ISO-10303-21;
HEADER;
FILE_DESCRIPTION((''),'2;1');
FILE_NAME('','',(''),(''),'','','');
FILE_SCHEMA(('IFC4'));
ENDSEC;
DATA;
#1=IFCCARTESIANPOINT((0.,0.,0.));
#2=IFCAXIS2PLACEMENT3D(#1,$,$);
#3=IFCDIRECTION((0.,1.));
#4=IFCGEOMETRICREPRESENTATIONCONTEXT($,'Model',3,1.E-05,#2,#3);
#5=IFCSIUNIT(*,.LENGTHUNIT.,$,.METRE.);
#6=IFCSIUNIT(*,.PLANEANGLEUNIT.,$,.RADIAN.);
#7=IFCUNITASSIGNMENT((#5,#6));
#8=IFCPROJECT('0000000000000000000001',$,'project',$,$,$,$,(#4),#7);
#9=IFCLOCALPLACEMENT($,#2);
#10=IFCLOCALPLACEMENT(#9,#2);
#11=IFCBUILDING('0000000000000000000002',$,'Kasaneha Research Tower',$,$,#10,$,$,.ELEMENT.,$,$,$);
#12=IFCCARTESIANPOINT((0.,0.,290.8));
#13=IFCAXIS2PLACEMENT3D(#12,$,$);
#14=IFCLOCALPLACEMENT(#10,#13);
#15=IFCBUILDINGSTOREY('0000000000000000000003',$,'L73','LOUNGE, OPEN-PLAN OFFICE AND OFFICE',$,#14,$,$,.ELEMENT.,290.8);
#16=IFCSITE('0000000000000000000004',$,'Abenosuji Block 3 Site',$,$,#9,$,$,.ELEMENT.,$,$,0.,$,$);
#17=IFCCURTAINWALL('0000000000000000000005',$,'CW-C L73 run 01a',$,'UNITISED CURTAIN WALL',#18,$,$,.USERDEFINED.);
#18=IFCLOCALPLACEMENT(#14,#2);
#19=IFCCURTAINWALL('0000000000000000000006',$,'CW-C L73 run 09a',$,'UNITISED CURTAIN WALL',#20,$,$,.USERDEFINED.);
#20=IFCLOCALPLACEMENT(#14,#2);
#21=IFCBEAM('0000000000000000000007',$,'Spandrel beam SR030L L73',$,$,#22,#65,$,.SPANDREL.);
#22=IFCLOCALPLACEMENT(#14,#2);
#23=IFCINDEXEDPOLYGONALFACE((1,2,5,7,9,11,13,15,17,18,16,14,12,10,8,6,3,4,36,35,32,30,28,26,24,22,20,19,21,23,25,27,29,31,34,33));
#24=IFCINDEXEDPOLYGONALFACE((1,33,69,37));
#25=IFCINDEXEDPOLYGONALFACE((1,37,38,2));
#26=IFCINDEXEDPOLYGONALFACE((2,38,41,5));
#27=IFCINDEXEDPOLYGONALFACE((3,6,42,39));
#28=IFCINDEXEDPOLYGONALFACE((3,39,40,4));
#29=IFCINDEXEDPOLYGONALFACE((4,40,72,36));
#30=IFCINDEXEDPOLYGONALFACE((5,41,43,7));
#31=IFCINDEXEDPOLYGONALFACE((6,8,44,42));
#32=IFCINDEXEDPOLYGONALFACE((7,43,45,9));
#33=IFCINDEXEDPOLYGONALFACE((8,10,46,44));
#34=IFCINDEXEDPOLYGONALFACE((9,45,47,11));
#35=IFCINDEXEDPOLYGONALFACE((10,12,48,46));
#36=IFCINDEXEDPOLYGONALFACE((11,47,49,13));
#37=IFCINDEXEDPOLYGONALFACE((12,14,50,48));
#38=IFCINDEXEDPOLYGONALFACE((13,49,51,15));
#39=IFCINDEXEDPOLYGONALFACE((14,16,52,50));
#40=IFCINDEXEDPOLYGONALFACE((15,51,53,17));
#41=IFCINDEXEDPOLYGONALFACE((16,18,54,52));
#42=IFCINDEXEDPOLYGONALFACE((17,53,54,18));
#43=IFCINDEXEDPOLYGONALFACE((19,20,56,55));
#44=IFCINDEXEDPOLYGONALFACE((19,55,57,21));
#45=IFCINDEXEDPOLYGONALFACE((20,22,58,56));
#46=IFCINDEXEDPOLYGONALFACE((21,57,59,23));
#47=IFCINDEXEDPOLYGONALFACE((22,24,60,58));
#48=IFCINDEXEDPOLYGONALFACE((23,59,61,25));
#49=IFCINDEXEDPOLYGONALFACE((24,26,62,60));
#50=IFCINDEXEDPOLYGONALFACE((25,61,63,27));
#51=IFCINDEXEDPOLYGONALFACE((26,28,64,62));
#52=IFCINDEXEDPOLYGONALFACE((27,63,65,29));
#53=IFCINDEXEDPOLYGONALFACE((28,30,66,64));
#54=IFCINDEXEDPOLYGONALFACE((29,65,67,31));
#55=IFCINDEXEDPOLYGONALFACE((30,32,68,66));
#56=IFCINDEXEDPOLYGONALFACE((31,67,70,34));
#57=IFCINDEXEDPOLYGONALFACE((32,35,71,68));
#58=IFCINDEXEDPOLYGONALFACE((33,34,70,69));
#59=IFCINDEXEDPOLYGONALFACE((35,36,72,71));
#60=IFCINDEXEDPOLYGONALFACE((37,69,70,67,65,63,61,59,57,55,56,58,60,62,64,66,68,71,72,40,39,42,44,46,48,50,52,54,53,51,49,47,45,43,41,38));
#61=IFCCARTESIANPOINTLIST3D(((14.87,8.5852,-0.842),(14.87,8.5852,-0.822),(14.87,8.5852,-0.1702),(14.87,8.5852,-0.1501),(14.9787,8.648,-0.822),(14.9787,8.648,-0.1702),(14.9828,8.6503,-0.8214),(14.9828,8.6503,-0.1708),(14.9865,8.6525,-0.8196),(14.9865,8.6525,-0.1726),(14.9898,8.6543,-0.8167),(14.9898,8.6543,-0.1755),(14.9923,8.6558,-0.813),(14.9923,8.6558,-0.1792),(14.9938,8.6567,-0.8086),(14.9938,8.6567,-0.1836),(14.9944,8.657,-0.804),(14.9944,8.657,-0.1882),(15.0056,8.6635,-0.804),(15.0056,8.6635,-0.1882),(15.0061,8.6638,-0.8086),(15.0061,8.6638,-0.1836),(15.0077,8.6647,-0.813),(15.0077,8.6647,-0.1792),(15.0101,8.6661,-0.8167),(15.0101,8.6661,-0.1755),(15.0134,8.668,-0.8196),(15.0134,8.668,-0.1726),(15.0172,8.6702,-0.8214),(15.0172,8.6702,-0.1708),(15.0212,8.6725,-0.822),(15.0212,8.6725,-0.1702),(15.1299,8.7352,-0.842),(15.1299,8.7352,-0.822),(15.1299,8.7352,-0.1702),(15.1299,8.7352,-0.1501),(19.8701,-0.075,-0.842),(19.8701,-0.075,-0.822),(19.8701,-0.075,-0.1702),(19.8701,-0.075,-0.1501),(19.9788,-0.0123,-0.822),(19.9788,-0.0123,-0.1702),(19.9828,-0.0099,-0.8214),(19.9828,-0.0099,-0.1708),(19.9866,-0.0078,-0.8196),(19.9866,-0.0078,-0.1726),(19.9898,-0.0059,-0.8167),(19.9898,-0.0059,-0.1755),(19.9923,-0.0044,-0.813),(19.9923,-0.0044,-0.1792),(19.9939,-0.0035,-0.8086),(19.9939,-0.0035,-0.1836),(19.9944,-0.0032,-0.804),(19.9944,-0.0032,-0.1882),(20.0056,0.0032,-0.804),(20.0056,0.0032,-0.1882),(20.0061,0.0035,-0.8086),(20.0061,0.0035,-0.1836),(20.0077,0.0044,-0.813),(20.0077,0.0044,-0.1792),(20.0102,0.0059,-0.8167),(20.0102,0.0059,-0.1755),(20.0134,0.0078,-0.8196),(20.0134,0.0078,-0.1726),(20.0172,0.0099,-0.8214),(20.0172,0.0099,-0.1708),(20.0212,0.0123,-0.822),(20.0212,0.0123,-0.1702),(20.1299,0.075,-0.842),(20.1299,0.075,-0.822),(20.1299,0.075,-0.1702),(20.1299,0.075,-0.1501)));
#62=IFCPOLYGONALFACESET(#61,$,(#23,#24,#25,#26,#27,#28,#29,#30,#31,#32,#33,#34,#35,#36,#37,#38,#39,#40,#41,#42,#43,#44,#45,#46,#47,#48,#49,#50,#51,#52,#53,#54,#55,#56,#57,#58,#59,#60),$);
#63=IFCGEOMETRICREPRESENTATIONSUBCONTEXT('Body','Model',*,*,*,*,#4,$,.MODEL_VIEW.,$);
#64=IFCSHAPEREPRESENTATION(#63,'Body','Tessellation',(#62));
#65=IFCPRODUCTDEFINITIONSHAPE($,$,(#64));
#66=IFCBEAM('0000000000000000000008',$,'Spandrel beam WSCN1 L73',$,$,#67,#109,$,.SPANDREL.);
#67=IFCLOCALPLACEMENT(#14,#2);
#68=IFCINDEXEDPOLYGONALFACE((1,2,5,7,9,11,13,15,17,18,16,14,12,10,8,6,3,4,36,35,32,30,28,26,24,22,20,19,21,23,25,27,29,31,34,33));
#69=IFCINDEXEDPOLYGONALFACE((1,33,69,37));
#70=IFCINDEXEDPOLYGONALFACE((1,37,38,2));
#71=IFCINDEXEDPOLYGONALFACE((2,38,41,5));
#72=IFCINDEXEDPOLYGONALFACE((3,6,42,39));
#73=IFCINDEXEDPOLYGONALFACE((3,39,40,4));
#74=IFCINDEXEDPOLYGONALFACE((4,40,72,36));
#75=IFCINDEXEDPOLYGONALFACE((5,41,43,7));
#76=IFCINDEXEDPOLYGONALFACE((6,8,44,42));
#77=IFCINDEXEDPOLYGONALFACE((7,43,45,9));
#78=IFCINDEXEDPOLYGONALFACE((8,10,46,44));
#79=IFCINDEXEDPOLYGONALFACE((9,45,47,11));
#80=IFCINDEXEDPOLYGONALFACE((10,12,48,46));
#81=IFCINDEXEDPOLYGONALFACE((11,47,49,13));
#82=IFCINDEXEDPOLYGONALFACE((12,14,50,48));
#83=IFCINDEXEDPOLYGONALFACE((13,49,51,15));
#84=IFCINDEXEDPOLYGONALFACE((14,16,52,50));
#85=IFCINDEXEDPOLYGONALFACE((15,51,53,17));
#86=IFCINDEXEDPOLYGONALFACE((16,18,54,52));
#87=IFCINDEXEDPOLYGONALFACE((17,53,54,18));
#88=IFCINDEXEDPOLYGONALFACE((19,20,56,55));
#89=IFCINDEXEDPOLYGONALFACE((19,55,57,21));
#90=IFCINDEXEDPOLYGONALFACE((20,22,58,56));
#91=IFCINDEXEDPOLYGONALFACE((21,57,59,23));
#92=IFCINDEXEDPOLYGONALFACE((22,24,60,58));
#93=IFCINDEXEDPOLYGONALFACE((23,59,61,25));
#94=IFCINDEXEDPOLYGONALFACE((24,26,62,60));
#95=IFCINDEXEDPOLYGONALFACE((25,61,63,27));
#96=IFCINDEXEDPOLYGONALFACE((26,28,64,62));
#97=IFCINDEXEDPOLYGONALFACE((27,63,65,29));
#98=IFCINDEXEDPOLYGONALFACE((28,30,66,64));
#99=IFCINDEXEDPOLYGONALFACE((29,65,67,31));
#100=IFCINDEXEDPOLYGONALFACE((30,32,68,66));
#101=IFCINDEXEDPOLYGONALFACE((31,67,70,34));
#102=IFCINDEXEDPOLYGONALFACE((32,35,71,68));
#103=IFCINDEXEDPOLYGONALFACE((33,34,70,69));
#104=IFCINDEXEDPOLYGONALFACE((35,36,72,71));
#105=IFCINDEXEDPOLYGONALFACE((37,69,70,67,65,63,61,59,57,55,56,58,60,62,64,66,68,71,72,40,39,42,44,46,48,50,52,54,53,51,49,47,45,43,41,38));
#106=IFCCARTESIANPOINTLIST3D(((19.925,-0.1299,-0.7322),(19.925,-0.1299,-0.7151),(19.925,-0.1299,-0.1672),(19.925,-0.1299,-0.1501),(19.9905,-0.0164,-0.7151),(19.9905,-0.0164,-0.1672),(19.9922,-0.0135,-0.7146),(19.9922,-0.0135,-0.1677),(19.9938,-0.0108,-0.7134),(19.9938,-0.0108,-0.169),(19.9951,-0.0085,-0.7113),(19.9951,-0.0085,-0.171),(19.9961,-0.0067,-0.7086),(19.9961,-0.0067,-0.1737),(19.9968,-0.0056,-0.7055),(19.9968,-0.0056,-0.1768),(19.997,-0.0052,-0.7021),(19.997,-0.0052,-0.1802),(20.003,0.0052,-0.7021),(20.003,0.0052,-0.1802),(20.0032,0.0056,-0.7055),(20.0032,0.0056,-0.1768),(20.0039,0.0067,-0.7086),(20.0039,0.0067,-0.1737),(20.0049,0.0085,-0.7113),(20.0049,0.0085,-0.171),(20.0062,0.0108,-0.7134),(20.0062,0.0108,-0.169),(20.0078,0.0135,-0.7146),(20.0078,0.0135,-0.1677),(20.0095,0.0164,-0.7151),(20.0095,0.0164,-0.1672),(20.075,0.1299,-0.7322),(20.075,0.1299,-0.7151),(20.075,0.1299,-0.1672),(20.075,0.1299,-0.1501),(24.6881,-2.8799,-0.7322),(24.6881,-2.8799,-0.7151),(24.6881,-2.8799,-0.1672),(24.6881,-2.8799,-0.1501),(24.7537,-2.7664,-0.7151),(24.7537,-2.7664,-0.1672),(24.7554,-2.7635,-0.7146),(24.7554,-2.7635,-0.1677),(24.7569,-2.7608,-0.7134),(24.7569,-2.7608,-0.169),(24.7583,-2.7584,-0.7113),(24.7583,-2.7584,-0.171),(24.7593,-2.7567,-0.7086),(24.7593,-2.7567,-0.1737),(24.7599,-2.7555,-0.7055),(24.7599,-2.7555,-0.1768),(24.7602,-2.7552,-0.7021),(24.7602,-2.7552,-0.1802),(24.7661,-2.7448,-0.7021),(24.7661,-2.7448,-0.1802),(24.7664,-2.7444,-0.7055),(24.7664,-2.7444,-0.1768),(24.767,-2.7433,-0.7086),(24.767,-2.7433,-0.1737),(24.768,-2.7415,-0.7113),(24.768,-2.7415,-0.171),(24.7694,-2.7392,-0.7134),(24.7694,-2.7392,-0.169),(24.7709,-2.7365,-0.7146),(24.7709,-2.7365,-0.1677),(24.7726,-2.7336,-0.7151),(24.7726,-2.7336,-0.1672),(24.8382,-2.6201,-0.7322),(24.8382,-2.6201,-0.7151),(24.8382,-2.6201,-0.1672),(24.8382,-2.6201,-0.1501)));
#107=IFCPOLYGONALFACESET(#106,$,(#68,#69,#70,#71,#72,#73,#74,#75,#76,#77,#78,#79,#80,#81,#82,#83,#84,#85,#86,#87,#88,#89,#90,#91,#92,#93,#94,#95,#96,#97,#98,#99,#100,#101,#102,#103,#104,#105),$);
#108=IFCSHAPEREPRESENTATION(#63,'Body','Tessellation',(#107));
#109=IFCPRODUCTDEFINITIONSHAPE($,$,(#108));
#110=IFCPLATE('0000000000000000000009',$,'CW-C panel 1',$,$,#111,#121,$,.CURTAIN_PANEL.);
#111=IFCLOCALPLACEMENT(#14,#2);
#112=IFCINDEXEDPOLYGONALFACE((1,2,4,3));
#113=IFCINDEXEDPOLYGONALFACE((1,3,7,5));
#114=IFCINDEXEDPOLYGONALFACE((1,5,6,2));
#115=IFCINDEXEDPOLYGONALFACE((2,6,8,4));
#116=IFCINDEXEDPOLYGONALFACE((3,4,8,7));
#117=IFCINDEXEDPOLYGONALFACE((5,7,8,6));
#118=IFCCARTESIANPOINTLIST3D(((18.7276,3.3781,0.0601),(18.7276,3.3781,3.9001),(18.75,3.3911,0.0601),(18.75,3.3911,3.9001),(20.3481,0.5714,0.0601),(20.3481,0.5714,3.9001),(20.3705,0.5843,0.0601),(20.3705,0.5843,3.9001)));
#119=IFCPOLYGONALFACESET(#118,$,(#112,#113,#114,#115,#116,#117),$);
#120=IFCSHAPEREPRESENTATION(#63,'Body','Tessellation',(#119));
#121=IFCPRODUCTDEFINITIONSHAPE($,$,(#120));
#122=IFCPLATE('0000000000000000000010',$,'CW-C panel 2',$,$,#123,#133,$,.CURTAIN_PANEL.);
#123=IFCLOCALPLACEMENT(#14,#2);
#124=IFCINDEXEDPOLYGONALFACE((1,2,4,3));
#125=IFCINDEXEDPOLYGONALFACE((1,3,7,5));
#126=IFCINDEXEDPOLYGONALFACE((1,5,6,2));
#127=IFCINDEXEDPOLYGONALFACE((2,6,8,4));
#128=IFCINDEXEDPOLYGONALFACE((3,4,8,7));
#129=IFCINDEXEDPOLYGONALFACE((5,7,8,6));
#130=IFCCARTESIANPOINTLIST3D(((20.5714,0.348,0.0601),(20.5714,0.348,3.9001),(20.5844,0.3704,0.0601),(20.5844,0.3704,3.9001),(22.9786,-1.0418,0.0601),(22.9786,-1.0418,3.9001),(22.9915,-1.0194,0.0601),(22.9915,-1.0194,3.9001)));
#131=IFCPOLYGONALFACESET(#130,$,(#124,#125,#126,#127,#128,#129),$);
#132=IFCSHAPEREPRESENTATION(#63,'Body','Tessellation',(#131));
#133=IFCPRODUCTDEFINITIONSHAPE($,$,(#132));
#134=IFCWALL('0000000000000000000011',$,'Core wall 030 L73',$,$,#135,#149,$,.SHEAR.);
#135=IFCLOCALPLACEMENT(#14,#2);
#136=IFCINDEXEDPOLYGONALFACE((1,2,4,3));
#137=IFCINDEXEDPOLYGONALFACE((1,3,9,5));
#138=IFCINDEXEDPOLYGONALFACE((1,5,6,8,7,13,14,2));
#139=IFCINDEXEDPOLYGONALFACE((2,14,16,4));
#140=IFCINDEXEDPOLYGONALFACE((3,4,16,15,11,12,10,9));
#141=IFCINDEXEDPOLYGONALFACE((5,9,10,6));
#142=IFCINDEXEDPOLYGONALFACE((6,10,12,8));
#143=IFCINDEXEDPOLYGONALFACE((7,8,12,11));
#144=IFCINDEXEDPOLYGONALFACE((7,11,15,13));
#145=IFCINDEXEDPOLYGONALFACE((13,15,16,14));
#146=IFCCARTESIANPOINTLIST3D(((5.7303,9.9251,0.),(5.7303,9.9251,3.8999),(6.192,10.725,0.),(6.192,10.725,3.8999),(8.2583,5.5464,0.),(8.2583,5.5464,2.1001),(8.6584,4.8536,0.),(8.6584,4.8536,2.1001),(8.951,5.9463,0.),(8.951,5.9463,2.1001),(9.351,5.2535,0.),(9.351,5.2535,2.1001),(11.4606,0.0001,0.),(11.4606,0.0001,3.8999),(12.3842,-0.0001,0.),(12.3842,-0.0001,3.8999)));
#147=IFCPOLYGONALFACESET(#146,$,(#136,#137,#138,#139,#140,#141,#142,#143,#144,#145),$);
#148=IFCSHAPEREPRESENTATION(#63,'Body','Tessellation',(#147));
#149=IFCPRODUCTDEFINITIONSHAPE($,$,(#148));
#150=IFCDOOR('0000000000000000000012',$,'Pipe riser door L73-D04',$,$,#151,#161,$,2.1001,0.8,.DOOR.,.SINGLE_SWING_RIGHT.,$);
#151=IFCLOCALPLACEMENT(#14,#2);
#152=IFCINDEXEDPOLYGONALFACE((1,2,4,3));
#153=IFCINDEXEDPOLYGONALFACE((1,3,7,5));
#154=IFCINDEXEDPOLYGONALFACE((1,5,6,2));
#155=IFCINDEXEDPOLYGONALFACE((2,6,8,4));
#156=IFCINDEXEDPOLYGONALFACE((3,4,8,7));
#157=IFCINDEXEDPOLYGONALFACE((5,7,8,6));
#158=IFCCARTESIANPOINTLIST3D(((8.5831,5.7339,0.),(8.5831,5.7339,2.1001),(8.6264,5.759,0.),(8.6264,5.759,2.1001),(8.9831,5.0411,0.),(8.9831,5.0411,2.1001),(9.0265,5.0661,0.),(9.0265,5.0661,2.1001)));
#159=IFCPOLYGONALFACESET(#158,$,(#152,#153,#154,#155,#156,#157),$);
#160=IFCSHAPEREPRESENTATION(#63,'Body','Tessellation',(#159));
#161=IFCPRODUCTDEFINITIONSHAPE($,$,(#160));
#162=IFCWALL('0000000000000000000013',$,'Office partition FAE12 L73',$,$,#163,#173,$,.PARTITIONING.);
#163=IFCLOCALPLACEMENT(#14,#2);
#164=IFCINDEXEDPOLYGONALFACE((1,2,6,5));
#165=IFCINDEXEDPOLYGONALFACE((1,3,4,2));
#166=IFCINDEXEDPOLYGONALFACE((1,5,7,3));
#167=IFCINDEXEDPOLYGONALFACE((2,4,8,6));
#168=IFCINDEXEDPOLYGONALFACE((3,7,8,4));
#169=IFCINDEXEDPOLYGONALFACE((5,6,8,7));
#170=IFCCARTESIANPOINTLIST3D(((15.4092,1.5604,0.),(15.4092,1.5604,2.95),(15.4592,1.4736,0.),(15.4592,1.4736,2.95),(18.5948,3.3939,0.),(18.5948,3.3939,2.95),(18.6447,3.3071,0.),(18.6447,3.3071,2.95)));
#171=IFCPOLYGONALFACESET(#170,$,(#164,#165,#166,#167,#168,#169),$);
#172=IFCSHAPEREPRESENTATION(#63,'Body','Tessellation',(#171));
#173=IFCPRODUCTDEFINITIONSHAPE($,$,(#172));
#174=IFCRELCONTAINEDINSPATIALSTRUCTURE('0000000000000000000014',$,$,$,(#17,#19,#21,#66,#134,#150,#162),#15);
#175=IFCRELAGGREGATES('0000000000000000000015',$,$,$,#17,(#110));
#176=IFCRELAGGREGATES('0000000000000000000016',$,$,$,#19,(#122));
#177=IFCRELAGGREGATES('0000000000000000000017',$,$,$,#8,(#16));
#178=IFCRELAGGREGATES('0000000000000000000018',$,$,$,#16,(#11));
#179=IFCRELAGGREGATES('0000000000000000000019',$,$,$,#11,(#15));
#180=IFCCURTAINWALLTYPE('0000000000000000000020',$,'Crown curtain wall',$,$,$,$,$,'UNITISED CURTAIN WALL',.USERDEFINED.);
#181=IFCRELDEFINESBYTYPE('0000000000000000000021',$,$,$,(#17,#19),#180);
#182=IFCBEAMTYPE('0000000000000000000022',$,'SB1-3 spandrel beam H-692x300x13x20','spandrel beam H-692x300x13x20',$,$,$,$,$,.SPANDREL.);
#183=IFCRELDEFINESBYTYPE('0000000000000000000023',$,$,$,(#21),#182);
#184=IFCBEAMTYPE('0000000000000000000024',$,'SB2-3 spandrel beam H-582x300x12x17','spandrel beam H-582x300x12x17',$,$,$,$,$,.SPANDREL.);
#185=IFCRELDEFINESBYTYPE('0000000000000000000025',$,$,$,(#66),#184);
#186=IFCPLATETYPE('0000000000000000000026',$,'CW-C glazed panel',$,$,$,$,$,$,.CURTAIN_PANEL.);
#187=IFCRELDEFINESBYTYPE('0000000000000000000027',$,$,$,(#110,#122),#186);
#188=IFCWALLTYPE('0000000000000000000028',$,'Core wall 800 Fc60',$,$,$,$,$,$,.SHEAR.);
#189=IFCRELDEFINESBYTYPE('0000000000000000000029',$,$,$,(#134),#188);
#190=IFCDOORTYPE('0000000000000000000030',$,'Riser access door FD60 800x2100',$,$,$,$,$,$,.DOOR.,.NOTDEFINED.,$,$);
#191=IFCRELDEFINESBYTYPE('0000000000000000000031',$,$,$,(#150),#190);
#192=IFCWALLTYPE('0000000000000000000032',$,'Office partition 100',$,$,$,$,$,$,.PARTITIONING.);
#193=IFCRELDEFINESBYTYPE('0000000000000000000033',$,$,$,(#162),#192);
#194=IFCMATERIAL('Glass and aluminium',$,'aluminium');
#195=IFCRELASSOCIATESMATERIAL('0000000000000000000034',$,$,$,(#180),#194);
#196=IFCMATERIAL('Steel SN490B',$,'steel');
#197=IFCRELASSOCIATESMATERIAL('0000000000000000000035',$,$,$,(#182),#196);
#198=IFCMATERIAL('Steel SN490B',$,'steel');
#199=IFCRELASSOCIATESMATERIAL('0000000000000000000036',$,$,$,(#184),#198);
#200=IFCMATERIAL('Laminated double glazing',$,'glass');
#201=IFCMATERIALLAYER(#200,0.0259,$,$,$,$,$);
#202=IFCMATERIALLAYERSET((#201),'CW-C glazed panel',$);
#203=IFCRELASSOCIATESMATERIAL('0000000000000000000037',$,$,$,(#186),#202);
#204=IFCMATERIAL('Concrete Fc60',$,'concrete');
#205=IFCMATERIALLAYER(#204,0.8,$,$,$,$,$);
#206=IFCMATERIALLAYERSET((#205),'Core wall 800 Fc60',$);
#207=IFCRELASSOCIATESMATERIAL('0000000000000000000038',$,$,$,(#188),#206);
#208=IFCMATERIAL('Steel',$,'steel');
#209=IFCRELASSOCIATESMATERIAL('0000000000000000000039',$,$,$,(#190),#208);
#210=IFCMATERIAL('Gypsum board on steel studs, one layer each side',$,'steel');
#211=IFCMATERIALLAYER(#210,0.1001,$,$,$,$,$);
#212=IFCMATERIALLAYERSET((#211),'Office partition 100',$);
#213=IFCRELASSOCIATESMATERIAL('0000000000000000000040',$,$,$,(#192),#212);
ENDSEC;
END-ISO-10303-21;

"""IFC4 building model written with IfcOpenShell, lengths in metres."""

from ifc_helpers import new_model, si_unit, direction, frame, frame_2d, origin, origin_2d, place, context, subcontext, project, spatial, polyline, rectangle, i_section, outline, extrude, material, layer, layer_set, material_profile, profile_set, type_object, element, fill, aggregate, save


model = new_model("IFC4")

# Units and contexts
model_context = context("Model", 3, precision=1e-05, world=origin(), true_north=direction((0.0, 1.0)))
body_context = subcontext(model_context, "Body", "Model", "MODEL_VIEW")
ifc_project = project(units=[si_unit("LENGTHUNIT", "METRE"), si_unit("PLANEANGLEUNIT", "RADIAN")], contexts=[model_context])

# Site, building, storey
site_placement = place(None, origin())
site = spatial("IfcSite", under=ifc_project, at=site_placement, Name="Abenosuji Block 3 Site", CompositionType="ELEMENT", RefElevation=0.0)
building_placement = place(site_placement, origin())
building = spatial("IfcBuilding", under=site, at=building_placement, Name="Kasaneha Research Tower", CompositionType="ELEMENT")
storey_placement = place(building_placement, frame((0.0, 0.0, 290.8)))
storey = spatial("IfcBuildingStorey", under=building, at=storey_placement, Name="L73", Description="LOUNGE, OPEN-PLAN OFFICE AND OFFICE", CompositionType="ELEMENT", Elevation=290.8)

# Curtain walls
ifc_material_1 = material(Name="Glass and aluminium", Category="aluminium")
curtain_wall_type = type_object("IfcCurtainWallType", Name="Crown curtain wall", ElementType="UNITISED CURTAIN WALL", PredefinedType="USERDEFINED", material=ifc_material_1)
curtain_wall_1_placement = place(storey_placement, origin())
curtain_wall_1 = element("IfcCurtainWall", 1, at=curtain_wall_1_placement, inside=storey, type_object=curtain_wall_type, Name="CW-C L73 run 01a", ObjectType="UNITISED CURTAIN WALL", PredefinedType="USERDEFINED")
curtain_wall_2_placement = place(storey_placement, origin())
curtain_wall_2 = element("IfcCurtainWall", 2, at=curtain_wall_2_placement, inside=storey, type_object=curtain_wall_type, Name="CW-C L73 run 09a", ObjectType="UNITISED CURTAIN WALL", PredefinedType="USERDEFINED")

# Beams
ifc_material_2 = material(Name="Steel SN490B", Category="steel")
ifc_material_profile_1 = material_profile(ifc_material_2, i_section(OverallWidth=0.3, OverallDepth=0.6919, WebThickness=0.0129, FlangeThickness=0.02, FilletRadius=0.0181, at=origin_2d()), Name="H-692x300x13x20")
ifc_profile_set_1 = profile_set([ifc_material_profile_1], Name="Steel SN490B")
beam_type_1 = type_object("IfcBeamType", Name="SB1-3 spandrel beam H-692x300x13x20", Description="spandrel beam H-692x300x13x20", PredefinedType="SPANDREL", material=ifc_profile_set_1)
beam_1_placement = place(storey_placement, frame((20.0, 0.0, -0.4961), z_axis=(-0.500004, 0.866023, 0.0), x_axis=(-0.866023, -0.500004, 0.0)))
element("IfcBeam", 3, at=beam_1_placement, inside=storey, type_object=beam_type_1, Name="Spandrel beam SR030L L73", PredefinedType="SPANDREL", context=body_context, shape_type="SweptSolid", body=[
    extrude(i_section(OverallWidth=0.3, OverallDepth=0.6919, WebThickness=0.0129, FlangeThickness=0.02, FilletRadius=0.0181, at=origin_2d()), origin(), (0.0, 0.0, 1.0), 10.0),
])
ifc_material_3 = material(Name="Steel SN490B", Category="steel")
ifc_material_profile_2 = material_profile(ifc_material_3, i_section(OverallWidth=0.3, OverallDepth=0.582, WebThickness=0.012, FlangeThickness=0.0171, FilletRadius=0.0129, at=origin_2d()), Name="H-582x300x12x17")
ifc_profile_set_2 = profile_set([ifc_material_profile_2], Name="Steel SN490B")
beam_type_2 = type_object("IfcBeamType", Name="SB2-3 spandrel beam H-582x300x12x17", Description="spandrel beam H-582x300x12x17", PredefinedType="SPANDREL", material=ifc_profile_set_2)
beam_2_placement = place(storey_placement, frame((20.0, 0.0, -0.4412), z_axis=(0.866027, -0.499997, 0.0), x_axis=(0.499997, 0.866027, 0.0)))
element("IfcBeam", 4, at=beam_2_placement, inside=storey, type_object=beam_type_2, Name="Spandrel beam WSCN1 L73", PredefinedType="SPANDREL", context=body_context, shape_type="SweptSolid", body=[
    extrude(i_section(OverallWidth=0.3, OverallDepth=0.582, WebThickness=0.012, FlangeThickness=0.0171, FilletRadius=0.0129, at=origin_2d()), origin(), (0.0, 0.0, 1.0), 5.5),
])

# Plates
ifc_material_4 = material(Name="Laminated double glazing", Category="glass")
ifc_layer_1 = layer(ifc_material_4, 0.0259)
ifc_layer_set_1 = layer_set([ifc_layer_1], Name="CW-C glazed panel")
plate_type = type_object("IfcPlateType", Name="CW-C glazed panel", PredefinedType="CURTAIN_PANEL", material=ifc_layer_set_1)
plate_1_placement = place(storey_placement, frame((19.5491, 1.9812, 0.0601), z_axis=(0.0, 0.0, 1.0), x_axis=(-0.5, 0.866025, 0.0)))
plate_1 = element("IfcPlate", 5, at=plate_1_placement, type_object=plate_type, Name="CW-C panel 1", PredefinedType="CURTAIN_PANEL", context=body_context, shape_type="SweptSolid", body=[
    extrude(rectangle(XDim=3.241, YDim=0.0259, at=origin_2d()), origin(), (0.0, 0.0, 1.0), 3.8401),
])
aggregate(curtain_wall_1, [plate_1])
plate_2_placement = place(storey_placement, frame((21.7815, -0.3357, 0.0601), z_axis=(0.0, 0.0, 1.0), x_axis=(-0.866025, 0.5, 0.0)))
plate_2 = element("IfcPlate", 6, at=plate_2_placement, type_object=plate_type, Name="CW-C panel 2", PredefinedType="CURTAIN_PANEL", context=body_context, shape_type="SweptSolid", body=[
    extrude(rectangle(XDim=2.7795, YDim=0.0259, at=origin_2d()), origin(), (0.0, 0.0, 1.0), 3.8401),
])
aggregate(curtain_wall_2, [plate_2])

# Wall, opening, door
ifc_material_5 = material(Name="Concrete Fc60", Category="concrete")
ifc_layer_2 = layer(ifc_material_5, 0.8)
ifc_layer_set_2 = layer_set([ifc_layer_2], Name="Core wall 800 Fc60")
wall_type_1 = type_object("IfcWallType", Name="Core wall 800 Fc60", PredefinedType="SHEAR", material=ifc_layer_set_2)
wall_1_placement = place(storey_placement, frame((11.9224, 0.0, 0.0), z_axis=(0.0, 0.0, 1.0), x_axis=(-0.500004, 0.866023, 0.0)))
wall_1 = element("IfcWall", 7, at=wall_1_placement, inside=storey, type_object=wall_type_1, Name="Core wall 030 L73", PredefinedType="SHEAR", context=body_context, shape_type="SweptSolid", body=[
    extrude(outline(polyline([(-0.231, -0.3999), (5.8354, -0.3999), (6.6355, -0.3999), (12.1533, -0.3999), (11.6914, 0.3999), (6.6355, 0.3999), (5.8354, 0.3999), (0.231, 0.3999), (-0.231, -0.3999)])), origin(), (0.0, 0.0, 1.0), 3.8999),
])
opening_1_placement = place(wall_1_placement, frame((5.8354, 0.0, 0.0)))
opening_1 = element("IfcOpeningElement", 8, at=opening_1_placement, cuts=wall_1, PredefinedType="OPENING", context=body_context, shape_type="SweptSolid", body=[
    extrude(rectangle(XDim=0.8, YDim=2.1001, at=frame_2d((0.3999, 1.05))), frame((0.0, 0.4102, 0.0), z_axis=(0.0, -1.0, 0.0), x_axis=(1.0, 0.0, 0.0)), (0.0, 0.0, 1.0), 0.8201),
])
ifc_material_6 = material(Name="Steel", Category="steel")
door_type_1 = type_object("IfcDoorType", Name="Riser access door FD60 800x2100", OperationType="NOTDEFINED", PredefinedType="DOOR", material=ifc_material_6)
door_1_placement = place(opening_1_placement, origin())
door_1 = element("IfcDoor", 9, at=door_1_placement, inside=storey, type_object=door_type_1, Name="Pipe riser door L73-D04", OperationType="SINGLE_SWING_RIGHT", OverallHeight=2.1001, OverallWidth=0.8, PredefinedType="DOOR", context=body_context, shape_type="SweptSolid", body=[
    extrude(rectangle(XDim=0.8, YDim=2.1001, at=frame_2d((0.3999, 1.05))), frame((0.0, 0.0249, 0.0), z_axis=(0.0, -1.0, 0.0), x_axis=(1.0, 0.0, 0.0)), (0.0, 0.0, 1.0), 0.05),
])
fill(opening_1, door_1)

# Wall
ifc_material_7 = material(Name="Gypsum board on steel studs, one layer each side", Category="steel")
ifc_layer_3 = layer(ifc_material_7, 0.1001)
ifc_layer_set_3 = layer_set([ifc_layer_3], Name="Office partition 100")
wall_type_2 = type_object("IfcWallType", Name="Office partition 100", PredefinedType="PARTITIONING", material=ifc_layer_set_3)
wall_2_placement = place(storey_placement, frame((18.6199, 3.3506, 0.0), z_axis=(0.0, 0.0, 1.0), x_axis=(-0.866694, -0.49884, 0.0)))
element("IfcWall", 10, at=wall_2_placement, inside=storey, type_object=wall_type_2, Name="Office partition FAE12 L73", PredefinedType="PARTITIONING", context=body_context, shape_type="SweptSolid", body=[
    extrude(rectangle(XDim=3.6755, YDim=0.1001, at=frame_2d((1.8379, 0.0))), origin(), (0.0, 0.0, 1.0), 2.95),
])

save(model, "model.ifc")
